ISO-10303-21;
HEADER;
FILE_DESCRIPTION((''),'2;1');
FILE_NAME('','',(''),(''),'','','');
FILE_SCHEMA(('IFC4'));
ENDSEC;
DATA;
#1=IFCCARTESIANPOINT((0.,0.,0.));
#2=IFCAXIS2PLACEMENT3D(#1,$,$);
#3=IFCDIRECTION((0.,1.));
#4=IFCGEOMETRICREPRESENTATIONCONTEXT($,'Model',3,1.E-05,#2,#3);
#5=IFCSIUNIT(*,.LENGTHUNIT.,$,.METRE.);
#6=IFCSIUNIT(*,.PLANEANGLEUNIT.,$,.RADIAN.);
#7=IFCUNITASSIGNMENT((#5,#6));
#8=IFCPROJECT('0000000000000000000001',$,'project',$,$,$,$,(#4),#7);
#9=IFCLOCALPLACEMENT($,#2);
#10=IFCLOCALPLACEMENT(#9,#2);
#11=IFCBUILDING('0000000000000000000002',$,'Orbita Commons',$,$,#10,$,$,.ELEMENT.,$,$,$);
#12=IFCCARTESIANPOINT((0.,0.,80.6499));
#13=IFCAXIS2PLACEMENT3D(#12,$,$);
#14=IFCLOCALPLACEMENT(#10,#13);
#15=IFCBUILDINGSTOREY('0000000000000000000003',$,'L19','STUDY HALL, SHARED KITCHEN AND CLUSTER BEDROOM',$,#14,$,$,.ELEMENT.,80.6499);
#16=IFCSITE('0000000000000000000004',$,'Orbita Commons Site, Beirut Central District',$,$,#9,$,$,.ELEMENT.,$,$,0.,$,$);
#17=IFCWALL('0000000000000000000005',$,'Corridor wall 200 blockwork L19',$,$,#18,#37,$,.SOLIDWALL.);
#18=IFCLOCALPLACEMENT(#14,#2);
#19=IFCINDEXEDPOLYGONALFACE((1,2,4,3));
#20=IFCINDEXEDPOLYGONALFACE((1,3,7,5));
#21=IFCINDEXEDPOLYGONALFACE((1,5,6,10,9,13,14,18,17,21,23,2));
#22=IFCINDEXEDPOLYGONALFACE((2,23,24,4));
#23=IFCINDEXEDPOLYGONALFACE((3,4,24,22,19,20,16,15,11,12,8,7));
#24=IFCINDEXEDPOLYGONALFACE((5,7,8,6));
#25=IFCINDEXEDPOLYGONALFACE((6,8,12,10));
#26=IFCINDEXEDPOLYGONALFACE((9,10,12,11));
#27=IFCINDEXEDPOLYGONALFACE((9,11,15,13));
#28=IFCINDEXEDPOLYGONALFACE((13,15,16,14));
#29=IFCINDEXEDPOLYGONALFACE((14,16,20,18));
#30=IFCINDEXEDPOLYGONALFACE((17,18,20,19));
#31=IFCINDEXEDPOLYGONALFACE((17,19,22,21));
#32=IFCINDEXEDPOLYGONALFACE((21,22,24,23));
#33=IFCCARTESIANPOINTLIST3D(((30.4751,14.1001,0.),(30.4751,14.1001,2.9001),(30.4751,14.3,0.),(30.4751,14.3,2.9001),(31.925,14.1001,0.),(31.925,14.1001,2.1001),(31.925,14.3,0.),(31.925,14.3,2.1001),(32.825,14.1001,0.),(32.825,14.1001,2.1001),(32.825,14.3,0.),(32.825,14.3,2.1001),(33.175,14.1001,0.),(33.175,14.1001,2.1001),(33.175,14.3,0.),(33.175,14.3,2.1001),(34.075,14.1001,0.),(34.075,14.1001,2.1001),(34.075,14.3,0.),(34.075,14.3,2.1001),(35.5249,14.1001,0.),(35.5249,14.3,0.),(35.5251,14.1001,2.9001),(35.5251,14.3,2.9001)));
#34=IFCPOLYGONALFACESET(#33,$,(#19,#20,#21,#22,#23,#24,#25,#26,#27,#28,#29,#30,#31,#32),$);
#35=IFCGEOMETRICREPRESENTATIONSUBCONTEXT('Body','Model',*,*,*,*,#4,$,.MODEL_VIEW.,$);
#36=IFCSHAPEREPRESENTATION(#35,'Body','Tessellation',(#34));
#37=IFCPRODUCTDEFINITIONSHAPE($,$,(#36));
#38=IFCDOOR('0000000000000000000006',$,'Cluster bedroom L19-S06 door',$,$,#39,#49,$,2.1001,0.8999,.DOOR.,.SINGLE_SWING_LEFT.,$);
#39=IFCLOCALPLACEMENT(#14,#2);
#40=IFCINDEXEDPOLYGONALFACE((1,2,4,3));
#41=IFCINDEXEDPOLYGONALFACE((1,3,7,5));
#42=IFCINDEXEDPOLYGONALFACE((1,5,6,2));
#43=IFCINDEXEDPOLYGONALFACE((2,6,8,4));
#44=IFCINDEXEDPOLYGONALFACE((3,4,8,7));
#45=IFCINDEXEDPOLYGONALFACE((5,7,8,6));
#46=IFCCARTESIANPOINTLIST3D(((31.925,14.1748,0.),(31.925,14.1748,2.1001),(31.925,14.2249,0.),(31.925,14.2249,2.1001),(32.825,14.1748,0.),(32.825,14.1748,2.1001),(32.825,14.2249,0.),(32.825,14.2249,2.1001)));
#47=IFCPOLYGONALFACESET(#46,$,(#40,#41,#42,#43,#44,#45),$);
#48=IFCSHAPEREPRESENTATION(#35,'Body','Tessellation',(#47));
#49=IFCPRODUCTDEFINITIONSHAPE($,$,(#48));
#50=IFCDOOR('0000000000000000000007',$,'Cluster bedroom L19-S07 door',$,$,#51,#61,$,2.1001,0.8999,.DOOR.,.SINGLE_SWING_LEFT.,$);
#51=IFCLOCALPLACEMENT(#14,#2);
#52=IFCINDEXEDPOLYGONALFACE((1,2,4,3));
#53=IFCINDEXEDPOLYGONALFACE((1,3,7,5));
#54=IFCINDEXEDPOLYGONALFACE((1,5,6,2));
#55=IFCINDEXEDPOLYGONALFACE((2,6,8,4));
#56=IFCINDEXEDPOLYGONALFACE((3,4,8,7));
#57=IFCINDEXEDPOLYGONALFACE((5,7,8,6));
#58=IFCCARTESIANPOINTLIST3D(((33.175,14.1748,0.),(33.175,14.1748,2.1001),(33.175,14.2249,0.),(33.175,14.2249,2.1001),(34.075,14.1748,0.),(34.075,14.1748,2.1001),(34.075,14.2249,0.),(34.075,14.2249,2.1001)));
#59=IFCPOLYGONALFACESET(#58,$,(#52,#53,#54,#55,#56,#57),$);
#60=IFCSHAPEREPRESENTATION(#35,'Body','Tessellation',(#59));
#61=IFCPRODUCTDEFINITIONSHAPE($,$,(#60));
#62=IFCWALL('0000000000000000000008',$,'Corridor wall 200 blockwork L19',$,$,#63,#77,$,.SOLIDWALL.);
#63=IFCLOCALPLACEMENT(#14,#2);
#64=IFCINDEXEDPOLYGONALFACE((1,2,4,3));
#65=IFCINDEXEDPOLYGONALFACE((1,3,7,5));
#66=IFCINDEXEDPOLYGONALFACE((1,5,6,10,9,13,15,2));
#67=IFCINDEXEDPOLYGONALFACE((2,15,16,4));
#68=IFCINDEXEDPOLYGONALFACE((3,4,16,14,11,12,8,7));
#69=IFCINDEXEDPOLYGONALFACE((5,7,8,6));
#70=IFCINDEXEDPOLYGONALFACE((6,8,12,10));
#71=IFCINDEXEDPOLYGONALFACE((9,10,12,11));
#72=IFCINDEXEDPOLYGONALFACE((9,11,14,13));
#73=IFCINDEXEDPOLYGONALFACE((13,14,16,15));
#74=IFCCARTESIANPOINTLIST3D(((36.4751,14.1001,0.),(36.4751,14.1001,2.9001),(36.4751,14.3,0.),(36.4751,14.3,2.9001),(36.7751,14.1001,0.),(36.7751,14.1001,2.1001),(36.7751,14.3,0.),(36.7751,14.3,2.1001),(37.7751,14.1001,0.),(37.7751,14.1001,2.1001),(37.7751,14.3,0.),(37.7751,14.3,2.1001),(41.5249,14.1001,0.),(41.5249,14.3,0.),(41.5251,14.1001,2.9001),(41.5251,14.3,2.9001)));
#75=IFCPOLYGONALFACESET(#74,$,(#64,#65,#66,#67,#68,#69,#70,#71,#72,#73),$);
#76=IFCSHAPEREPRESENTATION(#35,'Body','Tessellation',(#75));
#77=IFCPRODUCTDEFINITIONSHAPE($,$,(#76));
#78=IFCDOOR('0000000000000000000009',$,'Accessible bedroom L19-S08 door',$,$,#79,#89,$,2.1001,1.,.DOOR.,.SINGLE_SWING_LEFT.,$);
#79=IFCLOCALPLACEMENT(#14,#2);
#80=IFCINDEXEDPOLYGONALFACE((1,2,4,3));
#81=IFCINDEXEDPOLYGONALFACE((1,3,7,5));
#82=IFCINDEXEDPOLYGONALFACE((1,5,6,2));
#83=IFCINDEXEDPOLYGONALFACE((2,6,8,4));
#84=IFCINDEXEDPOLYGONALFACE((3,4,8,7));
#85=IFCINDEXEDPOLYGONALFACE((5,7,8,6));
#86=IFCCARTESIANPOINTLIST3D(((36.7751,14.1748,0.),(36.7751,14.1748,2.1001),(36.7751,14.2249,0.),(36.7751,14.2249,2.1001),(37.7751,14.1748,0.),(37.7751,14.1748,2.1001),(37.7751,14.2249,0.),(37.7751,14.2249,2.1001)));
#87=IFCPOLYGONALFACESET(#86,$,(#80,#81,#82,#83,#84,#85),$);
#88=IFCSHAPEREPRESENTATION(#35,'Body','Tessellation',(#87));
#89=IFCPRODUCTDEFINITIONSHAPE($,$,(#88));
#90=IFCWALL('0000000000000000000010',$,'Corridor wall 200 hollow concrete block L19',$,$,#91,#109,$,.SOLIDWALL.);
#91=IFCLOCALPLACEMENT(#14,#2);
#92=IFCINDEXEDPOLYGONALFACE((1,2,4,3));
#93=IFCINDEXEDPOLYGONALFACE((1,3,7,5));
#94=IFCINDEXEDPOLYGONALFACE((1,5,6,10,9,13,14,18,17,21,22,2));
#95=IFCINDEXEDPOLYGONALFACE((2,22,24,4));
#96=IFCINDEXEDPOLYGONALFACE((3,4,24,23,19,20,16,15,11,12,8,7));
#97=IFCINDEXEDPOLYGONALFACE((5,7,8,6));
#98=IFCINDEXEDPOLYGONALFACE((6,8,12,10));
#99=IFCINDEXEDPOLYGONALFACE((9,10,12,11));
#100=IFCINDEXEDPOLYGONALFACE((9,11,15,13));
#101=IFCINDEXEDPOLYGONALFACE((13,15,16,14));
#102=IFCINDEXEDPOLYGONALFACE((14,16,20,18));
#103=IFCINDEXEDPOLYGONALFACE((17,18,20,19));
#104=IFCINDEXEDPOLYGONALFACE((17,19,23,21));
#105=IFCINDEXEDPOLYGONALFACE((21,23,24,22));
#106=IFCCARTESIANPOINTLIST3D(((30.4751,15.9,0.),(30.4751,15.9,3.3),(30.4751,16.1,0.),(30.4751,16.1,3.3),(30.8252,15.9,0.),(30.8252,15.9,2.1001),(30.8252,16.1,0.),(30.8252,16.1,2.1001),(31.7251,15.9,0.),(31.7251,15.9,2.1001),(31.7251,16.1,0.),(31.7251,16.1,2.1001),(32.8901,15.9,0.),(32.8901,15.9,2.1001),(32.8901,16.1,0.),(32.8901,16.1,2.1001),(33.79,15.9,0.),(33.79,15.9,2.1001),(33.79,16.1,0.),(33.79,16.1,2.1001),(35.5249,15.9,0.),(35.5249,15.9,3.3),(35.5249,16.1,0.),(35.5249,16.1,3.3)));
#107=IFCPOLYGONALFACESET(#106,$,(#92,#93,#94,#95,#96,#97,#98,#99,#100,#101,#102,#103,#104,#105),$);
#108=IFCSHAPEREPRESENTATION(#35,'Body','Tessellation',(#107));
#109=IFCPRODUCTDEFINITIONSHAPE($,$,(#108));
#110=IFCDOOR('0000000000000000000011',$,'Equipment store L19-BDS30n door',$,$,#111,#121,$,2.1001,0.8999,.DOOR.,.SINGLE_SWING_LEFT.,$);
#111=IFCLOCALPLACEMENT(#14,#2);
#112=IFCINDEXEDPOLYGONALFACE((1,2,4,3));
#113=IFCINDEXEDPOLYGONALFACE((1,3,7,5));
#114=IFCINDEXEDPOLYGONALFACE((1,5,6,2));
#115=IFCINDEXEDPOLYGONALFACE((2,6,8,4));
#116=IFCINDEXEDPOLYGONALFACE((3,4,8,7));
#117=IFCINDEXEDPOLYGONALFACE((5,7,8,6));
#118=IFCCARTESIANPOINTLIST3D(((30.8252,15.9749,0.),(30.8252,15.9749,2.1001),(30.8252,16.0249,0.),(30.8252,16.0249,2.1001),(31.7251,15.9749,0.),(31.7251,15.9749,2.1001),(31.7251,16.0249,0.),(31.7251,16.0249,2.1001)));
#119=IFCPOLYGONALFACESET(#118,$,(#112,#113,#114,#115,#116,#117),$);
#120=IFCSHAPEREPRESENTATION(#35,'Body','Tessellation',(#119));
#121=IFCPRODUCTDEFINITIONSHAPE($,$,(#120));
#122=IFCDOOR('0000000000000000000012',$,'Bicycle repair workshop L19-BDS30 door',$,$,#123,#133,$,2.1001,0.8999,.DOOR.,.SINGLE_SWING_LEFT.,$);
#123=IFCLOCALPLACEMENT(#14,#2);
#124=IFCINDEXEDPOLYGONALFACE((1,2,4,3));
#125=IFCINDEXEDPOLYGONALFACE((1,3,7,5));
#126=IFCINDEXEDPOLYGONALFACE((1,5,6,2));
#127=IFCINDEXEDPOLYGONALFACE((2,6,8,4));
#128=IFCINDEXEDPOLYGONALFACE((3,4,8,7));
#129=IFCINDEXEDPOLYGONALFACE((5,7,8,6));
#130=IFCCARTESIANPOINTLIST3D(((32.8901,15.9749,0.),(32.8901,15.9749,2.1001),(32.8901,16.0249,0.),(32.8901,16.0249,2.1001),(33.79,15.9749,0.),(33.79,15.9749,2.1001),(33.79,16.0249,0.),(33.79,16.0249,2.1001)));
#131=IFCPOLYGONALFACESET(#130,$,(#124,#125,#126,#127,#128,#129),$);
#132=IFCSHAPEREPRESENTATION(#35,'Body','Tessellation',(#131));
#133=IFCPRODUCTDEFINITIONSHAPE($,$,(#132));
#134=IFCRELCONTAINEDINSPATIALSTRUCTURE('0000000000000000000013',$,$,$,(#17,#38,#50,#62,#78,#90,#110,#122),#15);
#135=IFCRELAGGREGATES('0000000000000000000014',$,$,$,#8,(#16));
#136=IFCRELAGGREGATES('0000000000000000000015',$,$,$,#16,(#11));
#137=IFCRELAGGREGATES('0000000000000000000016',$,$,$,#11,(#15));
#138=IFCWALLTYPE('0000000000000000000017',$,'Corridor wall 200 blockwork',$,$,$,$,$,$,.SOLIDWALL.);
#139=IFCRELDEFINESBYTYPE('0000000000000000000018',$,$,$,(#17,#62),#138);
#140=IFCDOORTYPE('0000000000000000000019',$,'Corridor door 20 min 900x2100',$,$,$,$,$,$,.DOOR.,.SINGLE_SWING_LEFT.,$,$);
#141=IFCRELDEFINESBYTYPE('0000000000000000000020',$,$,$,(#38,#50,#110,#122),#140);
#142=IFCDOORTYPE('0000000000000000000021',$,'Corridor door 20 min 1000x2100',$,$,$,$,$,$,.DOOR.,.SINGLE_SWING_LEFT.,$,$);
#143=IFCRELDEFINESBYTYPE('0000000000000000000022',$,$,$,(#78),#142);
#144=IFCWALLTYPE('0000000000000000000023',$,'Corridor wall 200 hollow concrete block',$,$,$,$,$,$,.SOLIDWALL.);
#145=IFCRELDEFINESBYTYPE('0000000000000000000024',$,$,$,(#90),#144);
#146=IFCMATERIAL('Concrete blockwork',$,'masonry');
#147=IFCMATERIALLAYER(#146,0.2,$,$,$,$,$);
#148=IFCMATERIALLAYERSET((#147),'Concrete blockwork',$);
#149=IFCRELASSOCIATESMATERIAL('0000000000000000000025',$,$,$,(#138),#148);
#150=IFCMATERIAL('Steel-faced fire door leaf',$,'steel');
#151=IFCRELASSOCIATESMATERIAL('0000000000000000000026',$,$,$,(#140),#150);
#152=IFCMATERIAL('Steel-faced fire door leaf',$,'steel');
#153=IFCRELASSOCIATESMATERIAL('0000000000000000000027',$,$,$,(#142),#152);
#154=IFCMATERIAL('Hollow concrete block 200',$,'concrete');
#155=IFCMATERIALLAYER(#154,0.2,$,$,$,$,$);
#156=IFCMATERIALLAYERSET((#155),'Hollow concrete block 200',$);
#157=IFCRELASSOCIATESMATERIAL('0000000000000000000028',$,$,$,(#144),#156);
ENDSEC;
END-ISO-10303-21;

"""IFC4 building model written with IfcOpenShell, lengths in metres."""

from ifc_helpers import new_model, si_unit, direction, frame, frame_2d, origin, place, context, subcontext, project, spatial, polyline, rectangle, outline, extrude, material, layer, layer_set, type_object, element, fill, save


model = new_model("IFC4")

# Units and contexts
model_context = context("Model", 3, precision=1e-05, world=origin(), true_north=direction((0.0, 1.0)))
body_context = subcontext(model_context, "Body", "Model", "MODEL_VIEW")
ifc_project = project(units=[si_unit("LENGTHUNIT", "METRE"), si_unit("PLANEANGLEUNIT", "RADIAN")], contexts=[model_context])

# Site, building, storey
site_placement = place(None, origin())
site = spatial("IfcSite", under=ifc_project, at=site_placement, Name="Orbita Commons Site, Beirut Central District", CompositionType="ELEMENT", RefElevation=0.0)
building_placement = place(site_placement, origin())
building = spatial("IfcBuilding", under=site, at=building_placement, Name="Orbita Commons", CompositionType="ELEMENT")
storey_placement = place(building_placement, frame((0.0, 0.0, 80.6499)))
storey = spatial("IfcBuildingStorey", under=building, at=storey_placement, Name="L19", Description="STUDY HALL, SHARED KITCHEN AND CLUSTER BEDROOM", CompositionType="ELEMENT", Elevation=80.6499)

# Wall, openings, doors
ifc_material_1 = material(Name="Concrete blockwork", Category="masonry")
ifc_layer_1 = layer(ifc_material_1, 0.2)
ifc_layer_set_1 = layer_set([ifc_layer_1], Name="Concrete blockwork")
wall_type_1 = type_object("IfcWallType", Name="Corridor wall 200 blockwork", PredefinedType="SOLIDWALL", material=ifc_layer_set_1)
ifc_material_2 = material(Name="Steel-faced fire door leaf", Category="steel")
door_type_1 = type_object("IfcDoorType", Name="Corridor door 20 min 900x2100", OperationType="SINGLE_SWING_LEFT", PredefinedType="DOOR", material=ifc_material_2)
wall_1_placement = place(storey_placement, frame((30.4751, 14.2, 0.0), z_axis=(0.0, 0.0, 1.0), x_axis=(1.0, 0.0, 0.0)))
wall_1 = element("IfcWall", 1, at=wall_1_placement, inside=storey, type_object=wall_type_1, Name="Corridor wall 200 blockwork L19", PredefinedType="SOLIDWALL", context=body_context, shape_type="SweptSolid", body=[
    extrude(outline(polyline([(0.0, 0.0), (5.0498, 0.0), (5.05, 2.9001), (0.0, 2.9001), (0.0, 0.0)])), frame((0.0, 0.1001, 0.0), z_axis=(0.0, -1.0, 0.0), x_axis=(1.0, 0.0, 0.0)), (0.0, 0.0, 1.0), 0.2),
])
opening_1_placement = place(wall_1_placement, frame((1.45, 0.0, 0.0)))
opening_1 = element("IfcOpeningElement", 2, at=opening_1_placement, cuts=wall_1, PredefinedType="OPENING", context=body_context, shape_type="SweptSolid", body=[
    extrude(rectangle(XDim=0.8999, YDim=2.1001, at=frame_2d((0.45, 1.05))), frame((0.0, 0.1099, 0.0), z_axis=(0.0, -1.0, 0.0), x_axis=(1.0, 0.0, 0.0)), (0.0, 0.0, 1.0), 0.22),
])
opening_2_placement = place(wall_1_placement, frame((2.7, 0.0, 0.0)))
opening_2 = element("IfcOpeningElement", 3, at=opening_2_placement, cuts=wall_1, PredefinedType="OPENING", context=body_context, shape_type="SweptSolid", body=[
    extrude(rectangle(XDim=0.8999, YDim=2.1001, at=frame_2d((0.45, 1.05))), frame((0.0, 0.1099, 0.0), z_axis=(0.0, -1.0, 0.0), x_axis=(1.0, 0.0, 0.0)), (0.0, 0.0, 1.0), 0.22),
])
door_1_placement = place(opening_1_placement, origin())
door_1 = element("IfcDoor", 4, at=door_1_placement, inside=storey, type_object=door_type_1, Name="Cluster bedroom L19-S06 door", OperationType="SINGLE_SWING_LEFT", OverallHeight=2.1001, OverallWidth=0.8999, PredefinedType="DOOR", context=body_context, shape_type="SweptSolid", body=[
    extrude(rectangle(XDim=0.8999, YDim=2.1001, at=frame_2d((0.45, 1.05))), frame((0.0, 0.0249, 0.0), z_axis=(0.0, -1.0, 0.0), x_axis=(1.0, 0.0, 0.0)), (0.0, 0.0, 1.0), 0.05),
])
fill(opening_1, door_1)
door_2_placement = place(opening_2_placement, origin())
door_2 = element("IfcDoor", 5, at=door_2_placement, inside=storey, type_object=door_type_1, Name="Cluster bedroom L19-S07 door", OperationType="SINGLE_SWING_LEFT", OverallHeight=2.1001, OverallWidth=0.8999, PredefinedType="DOOR", context=body_context, shape_type="SweptSolid", body=[
    extrude(rectangle(XDim=0.8999, YDim=2.1001, at=frame_2d((0.45, 1.05))), frame((0.0, 0.0249, 0.0), z_axis=(0.0, -1.0, 0.0), x_axis=(1.0, 0.0, 0.0)), (0.0, 0.0, 1.0), 0.05),
])
fill(opening_2, door_2)

# Wall, opening, door
wall_2_placement = place(storey_placement, frame((36.4751, 14.2, 0.0), z_axis=(0.0, 0.0, 1.0), x_axis=(1.0, 0.0, 0.0)))
wall_2 = element("IfcWall", 6, at=wall_2_placement, inside=storey, type_object=wall_type_1, Name="Corridor wall 200 blockwork L19", PredefinedType="SOLIDWALL", context=body_context, shape_type="SweptSolid", body=[
    extrude(outline(polyline([(0.0, 0.0), (5.0498, 0.0), (5.05, 2.9001), (0.0, 2.9001), (0.0, 0.0)])), frame((0.0, 0.1001, 0.0), z_axis=(0.0, -1.0, 0.0), x_axis=(1.0, 0.0, 0.0)), (0.0, 0.0, 1.0), 0.2),
])
opening_3_placement = place(wall_2_placement, frame((0.3, 0.0, 0.0)))
opening_3 = element("IfcOpeningElement", 7, at=opening_3_placement, cuts=wall_2, PredefinedType="OPENING", context=body_context, shape_type="SweptSolid", body=[
    extrude(rectangle(XDim=1.0, YDim=2.1001, at=frame_2d((0.5, 1.05))), frame((0.0, 0.1099, 0.0), z_axis=(0.0, -1.0, 0.0), x_axis=(1.0, 0.0, 0.0)), (0.0, 0.0, 1.0), 0.22),
])
ifc_material_3 = material(Name="Steel-faced fire door leaf", Category="steel")
door_type_2 = type_object("IfcDoorType", Name="Corridor door 20 min 1000x2100", OperationType="SINGLE_SWING_LEFT", PredefinedType="DOOR", material=ifc_material_3)
door_3_placement = place(opening_3_placement, origin())
door_3 = element("IfcDoor", 8, at=door_3_placement, inside=storey, type_object=door_type_2, Name="Accessible bedroom L19-S08 door", OperationType="SINGLE_SWING_LEFT", OverallHeight=2.1001, OverallWidth=1.0, PredefinedType="DOOR", context=body_context, shape_type="SweptSolid", body=[
    extrude(rectangle(XDim=1.0, YDim=2.1001, at=frame_2d((0.5, 1.05))), frame((0.0, 0.0249, 0.0), z_axis=(0.0, -1.0, 0.0), x_axis=(1.0, 0.0, 0.0)), (0.0, 0.0, 1.0), 0.05),
])
fill(opening_3, door_3)

# Wall, openings, doors
ifc_material_4 = material(Name="Hollow concrete block 200", Category="concrete")
ifc_layer_2 = layer(ifc_material_4, 0.2)
ifc_layer_set_2 = layer_set([ifc_layer_2], Name="Hollow concrete block 200")
wall_type_2 = type_object("IfcWallType", Name="Corridor wall 200 hollow concrete block", PredefinedType="SOLIDWALL", material=ifc_layer_set_2)
wall_3_placement = place(storey_placement, frame((30.4751, 16.0, 0.0), z_axis=(0.0, 0.0, 1.0), x_axis=(1.0, 0.0, 0.0)))
wall_3 = element("IfcWall", 9, at=wall_3_placement, inside=storey, type_object=wall_type_2, Name="Corridor wall 200 hollow concrete block L19", PredefinedType="SOLIDWALL", context=body_context, shape_type="SweptSolid", body=[
    extrude(rectangle(XDim=5.0498, YDim=0.2, at=frame_2d((2.5249, 0.0))), origin(), (0.0, 0.0, 1.0), 3.3),
])
opening_4_placement = place(wall_3_placement, frame((0.3501, 0.0, 0.0)))
opening_4 = element("IfcOpeningElement", 10, at=opening_4_placement, cuts=wall_3, PredefinedType="OPENING", context=body_context, shape_type="SweptSolid", body=[
    extrude(rectangle(XDim=0.8999, YDim=2.1001, at=frame_2d((0.45, 1.05))), frame((0.0, 0.1099, 0.0), z_axis=(0.0, -1.0, 0.0), x_axis=(1.0, 0.0, 0.0)), (0.0, 0.0, 1.0), 0.22),
])
opening_5_placement = place(wall_3_placement, frame((2.415, 0.0, 0.0)))
opening_5 = element("IfcOpeningElement", 11, at=opening_5_placement, cuts=wall_3, PredefinedType="OPENING", context=body_context, shape_type="SweptSolid", body=[
    extrude(rectangle(XDim=0.8999, YDim=2.1001, at=frame_2d((0.45, 1.05))), frame((0.0, 0.1099, 0.0), z_axis=(0.0, -1.0, 0.0), x_axis=(1.0, 0.0, 0.0)), (0.0, 0.0, 1.0), 0.22),
])
door_4_placement = place(opening_4_placement, origin())
door_4 = element("IfcDoor", 12, at=door_4_placement, inside=storey, type_object=door_type_1, Name="Equipment store L19-BDS30n door", OperationType="SINGLE_SWING_LEFT", OverallHeight=2.1001, OverallWidth=0.8999, PredefinedType="DOOR", context=body_context, shape_type="SweptSolid", body=[
    extrude(rectangle(XDim=0.8999, YDim=2.1001, at=frame_2d((0.45, 1.05))), frame((0.0, 0.0249, 0.0), z_axis=(0.0, -1.0, 0.0), x_axis=(1.0, 0.0, 0.0)), (0.0, 0.0, 1.0), 0.05),
])
fill(opening_4, door_4)
door_5_placement = place(opening_5_placement, origin())
door_5 = element("IfcDoor", 13, at=door_5_placement, inside=storey, type_object=door_type_1, Name="Bicycle repair workshop L19-BDS30 door", OperationType="SINGLE_SWING_LEFT", OverallHeight=2.1001, OverallWidth=0.8999, PredefinedType="DOOR", context=body_context, shape_type="SweptSolid", body=[
    extrude(rectangle(XDim=0.8999, YDim=2.1001, at=frame_2d((0.45, 1.05))), frame((0.0, 0.0249, 0.0), z_axis=(0.0, -1.0, 0.0), x_axis=(1.0, 0.0, 0.0)), (0.0, 0.0, 1.0), 0.05),
])
fill(opening_5, door_5)

save(model, "model.ifc")
